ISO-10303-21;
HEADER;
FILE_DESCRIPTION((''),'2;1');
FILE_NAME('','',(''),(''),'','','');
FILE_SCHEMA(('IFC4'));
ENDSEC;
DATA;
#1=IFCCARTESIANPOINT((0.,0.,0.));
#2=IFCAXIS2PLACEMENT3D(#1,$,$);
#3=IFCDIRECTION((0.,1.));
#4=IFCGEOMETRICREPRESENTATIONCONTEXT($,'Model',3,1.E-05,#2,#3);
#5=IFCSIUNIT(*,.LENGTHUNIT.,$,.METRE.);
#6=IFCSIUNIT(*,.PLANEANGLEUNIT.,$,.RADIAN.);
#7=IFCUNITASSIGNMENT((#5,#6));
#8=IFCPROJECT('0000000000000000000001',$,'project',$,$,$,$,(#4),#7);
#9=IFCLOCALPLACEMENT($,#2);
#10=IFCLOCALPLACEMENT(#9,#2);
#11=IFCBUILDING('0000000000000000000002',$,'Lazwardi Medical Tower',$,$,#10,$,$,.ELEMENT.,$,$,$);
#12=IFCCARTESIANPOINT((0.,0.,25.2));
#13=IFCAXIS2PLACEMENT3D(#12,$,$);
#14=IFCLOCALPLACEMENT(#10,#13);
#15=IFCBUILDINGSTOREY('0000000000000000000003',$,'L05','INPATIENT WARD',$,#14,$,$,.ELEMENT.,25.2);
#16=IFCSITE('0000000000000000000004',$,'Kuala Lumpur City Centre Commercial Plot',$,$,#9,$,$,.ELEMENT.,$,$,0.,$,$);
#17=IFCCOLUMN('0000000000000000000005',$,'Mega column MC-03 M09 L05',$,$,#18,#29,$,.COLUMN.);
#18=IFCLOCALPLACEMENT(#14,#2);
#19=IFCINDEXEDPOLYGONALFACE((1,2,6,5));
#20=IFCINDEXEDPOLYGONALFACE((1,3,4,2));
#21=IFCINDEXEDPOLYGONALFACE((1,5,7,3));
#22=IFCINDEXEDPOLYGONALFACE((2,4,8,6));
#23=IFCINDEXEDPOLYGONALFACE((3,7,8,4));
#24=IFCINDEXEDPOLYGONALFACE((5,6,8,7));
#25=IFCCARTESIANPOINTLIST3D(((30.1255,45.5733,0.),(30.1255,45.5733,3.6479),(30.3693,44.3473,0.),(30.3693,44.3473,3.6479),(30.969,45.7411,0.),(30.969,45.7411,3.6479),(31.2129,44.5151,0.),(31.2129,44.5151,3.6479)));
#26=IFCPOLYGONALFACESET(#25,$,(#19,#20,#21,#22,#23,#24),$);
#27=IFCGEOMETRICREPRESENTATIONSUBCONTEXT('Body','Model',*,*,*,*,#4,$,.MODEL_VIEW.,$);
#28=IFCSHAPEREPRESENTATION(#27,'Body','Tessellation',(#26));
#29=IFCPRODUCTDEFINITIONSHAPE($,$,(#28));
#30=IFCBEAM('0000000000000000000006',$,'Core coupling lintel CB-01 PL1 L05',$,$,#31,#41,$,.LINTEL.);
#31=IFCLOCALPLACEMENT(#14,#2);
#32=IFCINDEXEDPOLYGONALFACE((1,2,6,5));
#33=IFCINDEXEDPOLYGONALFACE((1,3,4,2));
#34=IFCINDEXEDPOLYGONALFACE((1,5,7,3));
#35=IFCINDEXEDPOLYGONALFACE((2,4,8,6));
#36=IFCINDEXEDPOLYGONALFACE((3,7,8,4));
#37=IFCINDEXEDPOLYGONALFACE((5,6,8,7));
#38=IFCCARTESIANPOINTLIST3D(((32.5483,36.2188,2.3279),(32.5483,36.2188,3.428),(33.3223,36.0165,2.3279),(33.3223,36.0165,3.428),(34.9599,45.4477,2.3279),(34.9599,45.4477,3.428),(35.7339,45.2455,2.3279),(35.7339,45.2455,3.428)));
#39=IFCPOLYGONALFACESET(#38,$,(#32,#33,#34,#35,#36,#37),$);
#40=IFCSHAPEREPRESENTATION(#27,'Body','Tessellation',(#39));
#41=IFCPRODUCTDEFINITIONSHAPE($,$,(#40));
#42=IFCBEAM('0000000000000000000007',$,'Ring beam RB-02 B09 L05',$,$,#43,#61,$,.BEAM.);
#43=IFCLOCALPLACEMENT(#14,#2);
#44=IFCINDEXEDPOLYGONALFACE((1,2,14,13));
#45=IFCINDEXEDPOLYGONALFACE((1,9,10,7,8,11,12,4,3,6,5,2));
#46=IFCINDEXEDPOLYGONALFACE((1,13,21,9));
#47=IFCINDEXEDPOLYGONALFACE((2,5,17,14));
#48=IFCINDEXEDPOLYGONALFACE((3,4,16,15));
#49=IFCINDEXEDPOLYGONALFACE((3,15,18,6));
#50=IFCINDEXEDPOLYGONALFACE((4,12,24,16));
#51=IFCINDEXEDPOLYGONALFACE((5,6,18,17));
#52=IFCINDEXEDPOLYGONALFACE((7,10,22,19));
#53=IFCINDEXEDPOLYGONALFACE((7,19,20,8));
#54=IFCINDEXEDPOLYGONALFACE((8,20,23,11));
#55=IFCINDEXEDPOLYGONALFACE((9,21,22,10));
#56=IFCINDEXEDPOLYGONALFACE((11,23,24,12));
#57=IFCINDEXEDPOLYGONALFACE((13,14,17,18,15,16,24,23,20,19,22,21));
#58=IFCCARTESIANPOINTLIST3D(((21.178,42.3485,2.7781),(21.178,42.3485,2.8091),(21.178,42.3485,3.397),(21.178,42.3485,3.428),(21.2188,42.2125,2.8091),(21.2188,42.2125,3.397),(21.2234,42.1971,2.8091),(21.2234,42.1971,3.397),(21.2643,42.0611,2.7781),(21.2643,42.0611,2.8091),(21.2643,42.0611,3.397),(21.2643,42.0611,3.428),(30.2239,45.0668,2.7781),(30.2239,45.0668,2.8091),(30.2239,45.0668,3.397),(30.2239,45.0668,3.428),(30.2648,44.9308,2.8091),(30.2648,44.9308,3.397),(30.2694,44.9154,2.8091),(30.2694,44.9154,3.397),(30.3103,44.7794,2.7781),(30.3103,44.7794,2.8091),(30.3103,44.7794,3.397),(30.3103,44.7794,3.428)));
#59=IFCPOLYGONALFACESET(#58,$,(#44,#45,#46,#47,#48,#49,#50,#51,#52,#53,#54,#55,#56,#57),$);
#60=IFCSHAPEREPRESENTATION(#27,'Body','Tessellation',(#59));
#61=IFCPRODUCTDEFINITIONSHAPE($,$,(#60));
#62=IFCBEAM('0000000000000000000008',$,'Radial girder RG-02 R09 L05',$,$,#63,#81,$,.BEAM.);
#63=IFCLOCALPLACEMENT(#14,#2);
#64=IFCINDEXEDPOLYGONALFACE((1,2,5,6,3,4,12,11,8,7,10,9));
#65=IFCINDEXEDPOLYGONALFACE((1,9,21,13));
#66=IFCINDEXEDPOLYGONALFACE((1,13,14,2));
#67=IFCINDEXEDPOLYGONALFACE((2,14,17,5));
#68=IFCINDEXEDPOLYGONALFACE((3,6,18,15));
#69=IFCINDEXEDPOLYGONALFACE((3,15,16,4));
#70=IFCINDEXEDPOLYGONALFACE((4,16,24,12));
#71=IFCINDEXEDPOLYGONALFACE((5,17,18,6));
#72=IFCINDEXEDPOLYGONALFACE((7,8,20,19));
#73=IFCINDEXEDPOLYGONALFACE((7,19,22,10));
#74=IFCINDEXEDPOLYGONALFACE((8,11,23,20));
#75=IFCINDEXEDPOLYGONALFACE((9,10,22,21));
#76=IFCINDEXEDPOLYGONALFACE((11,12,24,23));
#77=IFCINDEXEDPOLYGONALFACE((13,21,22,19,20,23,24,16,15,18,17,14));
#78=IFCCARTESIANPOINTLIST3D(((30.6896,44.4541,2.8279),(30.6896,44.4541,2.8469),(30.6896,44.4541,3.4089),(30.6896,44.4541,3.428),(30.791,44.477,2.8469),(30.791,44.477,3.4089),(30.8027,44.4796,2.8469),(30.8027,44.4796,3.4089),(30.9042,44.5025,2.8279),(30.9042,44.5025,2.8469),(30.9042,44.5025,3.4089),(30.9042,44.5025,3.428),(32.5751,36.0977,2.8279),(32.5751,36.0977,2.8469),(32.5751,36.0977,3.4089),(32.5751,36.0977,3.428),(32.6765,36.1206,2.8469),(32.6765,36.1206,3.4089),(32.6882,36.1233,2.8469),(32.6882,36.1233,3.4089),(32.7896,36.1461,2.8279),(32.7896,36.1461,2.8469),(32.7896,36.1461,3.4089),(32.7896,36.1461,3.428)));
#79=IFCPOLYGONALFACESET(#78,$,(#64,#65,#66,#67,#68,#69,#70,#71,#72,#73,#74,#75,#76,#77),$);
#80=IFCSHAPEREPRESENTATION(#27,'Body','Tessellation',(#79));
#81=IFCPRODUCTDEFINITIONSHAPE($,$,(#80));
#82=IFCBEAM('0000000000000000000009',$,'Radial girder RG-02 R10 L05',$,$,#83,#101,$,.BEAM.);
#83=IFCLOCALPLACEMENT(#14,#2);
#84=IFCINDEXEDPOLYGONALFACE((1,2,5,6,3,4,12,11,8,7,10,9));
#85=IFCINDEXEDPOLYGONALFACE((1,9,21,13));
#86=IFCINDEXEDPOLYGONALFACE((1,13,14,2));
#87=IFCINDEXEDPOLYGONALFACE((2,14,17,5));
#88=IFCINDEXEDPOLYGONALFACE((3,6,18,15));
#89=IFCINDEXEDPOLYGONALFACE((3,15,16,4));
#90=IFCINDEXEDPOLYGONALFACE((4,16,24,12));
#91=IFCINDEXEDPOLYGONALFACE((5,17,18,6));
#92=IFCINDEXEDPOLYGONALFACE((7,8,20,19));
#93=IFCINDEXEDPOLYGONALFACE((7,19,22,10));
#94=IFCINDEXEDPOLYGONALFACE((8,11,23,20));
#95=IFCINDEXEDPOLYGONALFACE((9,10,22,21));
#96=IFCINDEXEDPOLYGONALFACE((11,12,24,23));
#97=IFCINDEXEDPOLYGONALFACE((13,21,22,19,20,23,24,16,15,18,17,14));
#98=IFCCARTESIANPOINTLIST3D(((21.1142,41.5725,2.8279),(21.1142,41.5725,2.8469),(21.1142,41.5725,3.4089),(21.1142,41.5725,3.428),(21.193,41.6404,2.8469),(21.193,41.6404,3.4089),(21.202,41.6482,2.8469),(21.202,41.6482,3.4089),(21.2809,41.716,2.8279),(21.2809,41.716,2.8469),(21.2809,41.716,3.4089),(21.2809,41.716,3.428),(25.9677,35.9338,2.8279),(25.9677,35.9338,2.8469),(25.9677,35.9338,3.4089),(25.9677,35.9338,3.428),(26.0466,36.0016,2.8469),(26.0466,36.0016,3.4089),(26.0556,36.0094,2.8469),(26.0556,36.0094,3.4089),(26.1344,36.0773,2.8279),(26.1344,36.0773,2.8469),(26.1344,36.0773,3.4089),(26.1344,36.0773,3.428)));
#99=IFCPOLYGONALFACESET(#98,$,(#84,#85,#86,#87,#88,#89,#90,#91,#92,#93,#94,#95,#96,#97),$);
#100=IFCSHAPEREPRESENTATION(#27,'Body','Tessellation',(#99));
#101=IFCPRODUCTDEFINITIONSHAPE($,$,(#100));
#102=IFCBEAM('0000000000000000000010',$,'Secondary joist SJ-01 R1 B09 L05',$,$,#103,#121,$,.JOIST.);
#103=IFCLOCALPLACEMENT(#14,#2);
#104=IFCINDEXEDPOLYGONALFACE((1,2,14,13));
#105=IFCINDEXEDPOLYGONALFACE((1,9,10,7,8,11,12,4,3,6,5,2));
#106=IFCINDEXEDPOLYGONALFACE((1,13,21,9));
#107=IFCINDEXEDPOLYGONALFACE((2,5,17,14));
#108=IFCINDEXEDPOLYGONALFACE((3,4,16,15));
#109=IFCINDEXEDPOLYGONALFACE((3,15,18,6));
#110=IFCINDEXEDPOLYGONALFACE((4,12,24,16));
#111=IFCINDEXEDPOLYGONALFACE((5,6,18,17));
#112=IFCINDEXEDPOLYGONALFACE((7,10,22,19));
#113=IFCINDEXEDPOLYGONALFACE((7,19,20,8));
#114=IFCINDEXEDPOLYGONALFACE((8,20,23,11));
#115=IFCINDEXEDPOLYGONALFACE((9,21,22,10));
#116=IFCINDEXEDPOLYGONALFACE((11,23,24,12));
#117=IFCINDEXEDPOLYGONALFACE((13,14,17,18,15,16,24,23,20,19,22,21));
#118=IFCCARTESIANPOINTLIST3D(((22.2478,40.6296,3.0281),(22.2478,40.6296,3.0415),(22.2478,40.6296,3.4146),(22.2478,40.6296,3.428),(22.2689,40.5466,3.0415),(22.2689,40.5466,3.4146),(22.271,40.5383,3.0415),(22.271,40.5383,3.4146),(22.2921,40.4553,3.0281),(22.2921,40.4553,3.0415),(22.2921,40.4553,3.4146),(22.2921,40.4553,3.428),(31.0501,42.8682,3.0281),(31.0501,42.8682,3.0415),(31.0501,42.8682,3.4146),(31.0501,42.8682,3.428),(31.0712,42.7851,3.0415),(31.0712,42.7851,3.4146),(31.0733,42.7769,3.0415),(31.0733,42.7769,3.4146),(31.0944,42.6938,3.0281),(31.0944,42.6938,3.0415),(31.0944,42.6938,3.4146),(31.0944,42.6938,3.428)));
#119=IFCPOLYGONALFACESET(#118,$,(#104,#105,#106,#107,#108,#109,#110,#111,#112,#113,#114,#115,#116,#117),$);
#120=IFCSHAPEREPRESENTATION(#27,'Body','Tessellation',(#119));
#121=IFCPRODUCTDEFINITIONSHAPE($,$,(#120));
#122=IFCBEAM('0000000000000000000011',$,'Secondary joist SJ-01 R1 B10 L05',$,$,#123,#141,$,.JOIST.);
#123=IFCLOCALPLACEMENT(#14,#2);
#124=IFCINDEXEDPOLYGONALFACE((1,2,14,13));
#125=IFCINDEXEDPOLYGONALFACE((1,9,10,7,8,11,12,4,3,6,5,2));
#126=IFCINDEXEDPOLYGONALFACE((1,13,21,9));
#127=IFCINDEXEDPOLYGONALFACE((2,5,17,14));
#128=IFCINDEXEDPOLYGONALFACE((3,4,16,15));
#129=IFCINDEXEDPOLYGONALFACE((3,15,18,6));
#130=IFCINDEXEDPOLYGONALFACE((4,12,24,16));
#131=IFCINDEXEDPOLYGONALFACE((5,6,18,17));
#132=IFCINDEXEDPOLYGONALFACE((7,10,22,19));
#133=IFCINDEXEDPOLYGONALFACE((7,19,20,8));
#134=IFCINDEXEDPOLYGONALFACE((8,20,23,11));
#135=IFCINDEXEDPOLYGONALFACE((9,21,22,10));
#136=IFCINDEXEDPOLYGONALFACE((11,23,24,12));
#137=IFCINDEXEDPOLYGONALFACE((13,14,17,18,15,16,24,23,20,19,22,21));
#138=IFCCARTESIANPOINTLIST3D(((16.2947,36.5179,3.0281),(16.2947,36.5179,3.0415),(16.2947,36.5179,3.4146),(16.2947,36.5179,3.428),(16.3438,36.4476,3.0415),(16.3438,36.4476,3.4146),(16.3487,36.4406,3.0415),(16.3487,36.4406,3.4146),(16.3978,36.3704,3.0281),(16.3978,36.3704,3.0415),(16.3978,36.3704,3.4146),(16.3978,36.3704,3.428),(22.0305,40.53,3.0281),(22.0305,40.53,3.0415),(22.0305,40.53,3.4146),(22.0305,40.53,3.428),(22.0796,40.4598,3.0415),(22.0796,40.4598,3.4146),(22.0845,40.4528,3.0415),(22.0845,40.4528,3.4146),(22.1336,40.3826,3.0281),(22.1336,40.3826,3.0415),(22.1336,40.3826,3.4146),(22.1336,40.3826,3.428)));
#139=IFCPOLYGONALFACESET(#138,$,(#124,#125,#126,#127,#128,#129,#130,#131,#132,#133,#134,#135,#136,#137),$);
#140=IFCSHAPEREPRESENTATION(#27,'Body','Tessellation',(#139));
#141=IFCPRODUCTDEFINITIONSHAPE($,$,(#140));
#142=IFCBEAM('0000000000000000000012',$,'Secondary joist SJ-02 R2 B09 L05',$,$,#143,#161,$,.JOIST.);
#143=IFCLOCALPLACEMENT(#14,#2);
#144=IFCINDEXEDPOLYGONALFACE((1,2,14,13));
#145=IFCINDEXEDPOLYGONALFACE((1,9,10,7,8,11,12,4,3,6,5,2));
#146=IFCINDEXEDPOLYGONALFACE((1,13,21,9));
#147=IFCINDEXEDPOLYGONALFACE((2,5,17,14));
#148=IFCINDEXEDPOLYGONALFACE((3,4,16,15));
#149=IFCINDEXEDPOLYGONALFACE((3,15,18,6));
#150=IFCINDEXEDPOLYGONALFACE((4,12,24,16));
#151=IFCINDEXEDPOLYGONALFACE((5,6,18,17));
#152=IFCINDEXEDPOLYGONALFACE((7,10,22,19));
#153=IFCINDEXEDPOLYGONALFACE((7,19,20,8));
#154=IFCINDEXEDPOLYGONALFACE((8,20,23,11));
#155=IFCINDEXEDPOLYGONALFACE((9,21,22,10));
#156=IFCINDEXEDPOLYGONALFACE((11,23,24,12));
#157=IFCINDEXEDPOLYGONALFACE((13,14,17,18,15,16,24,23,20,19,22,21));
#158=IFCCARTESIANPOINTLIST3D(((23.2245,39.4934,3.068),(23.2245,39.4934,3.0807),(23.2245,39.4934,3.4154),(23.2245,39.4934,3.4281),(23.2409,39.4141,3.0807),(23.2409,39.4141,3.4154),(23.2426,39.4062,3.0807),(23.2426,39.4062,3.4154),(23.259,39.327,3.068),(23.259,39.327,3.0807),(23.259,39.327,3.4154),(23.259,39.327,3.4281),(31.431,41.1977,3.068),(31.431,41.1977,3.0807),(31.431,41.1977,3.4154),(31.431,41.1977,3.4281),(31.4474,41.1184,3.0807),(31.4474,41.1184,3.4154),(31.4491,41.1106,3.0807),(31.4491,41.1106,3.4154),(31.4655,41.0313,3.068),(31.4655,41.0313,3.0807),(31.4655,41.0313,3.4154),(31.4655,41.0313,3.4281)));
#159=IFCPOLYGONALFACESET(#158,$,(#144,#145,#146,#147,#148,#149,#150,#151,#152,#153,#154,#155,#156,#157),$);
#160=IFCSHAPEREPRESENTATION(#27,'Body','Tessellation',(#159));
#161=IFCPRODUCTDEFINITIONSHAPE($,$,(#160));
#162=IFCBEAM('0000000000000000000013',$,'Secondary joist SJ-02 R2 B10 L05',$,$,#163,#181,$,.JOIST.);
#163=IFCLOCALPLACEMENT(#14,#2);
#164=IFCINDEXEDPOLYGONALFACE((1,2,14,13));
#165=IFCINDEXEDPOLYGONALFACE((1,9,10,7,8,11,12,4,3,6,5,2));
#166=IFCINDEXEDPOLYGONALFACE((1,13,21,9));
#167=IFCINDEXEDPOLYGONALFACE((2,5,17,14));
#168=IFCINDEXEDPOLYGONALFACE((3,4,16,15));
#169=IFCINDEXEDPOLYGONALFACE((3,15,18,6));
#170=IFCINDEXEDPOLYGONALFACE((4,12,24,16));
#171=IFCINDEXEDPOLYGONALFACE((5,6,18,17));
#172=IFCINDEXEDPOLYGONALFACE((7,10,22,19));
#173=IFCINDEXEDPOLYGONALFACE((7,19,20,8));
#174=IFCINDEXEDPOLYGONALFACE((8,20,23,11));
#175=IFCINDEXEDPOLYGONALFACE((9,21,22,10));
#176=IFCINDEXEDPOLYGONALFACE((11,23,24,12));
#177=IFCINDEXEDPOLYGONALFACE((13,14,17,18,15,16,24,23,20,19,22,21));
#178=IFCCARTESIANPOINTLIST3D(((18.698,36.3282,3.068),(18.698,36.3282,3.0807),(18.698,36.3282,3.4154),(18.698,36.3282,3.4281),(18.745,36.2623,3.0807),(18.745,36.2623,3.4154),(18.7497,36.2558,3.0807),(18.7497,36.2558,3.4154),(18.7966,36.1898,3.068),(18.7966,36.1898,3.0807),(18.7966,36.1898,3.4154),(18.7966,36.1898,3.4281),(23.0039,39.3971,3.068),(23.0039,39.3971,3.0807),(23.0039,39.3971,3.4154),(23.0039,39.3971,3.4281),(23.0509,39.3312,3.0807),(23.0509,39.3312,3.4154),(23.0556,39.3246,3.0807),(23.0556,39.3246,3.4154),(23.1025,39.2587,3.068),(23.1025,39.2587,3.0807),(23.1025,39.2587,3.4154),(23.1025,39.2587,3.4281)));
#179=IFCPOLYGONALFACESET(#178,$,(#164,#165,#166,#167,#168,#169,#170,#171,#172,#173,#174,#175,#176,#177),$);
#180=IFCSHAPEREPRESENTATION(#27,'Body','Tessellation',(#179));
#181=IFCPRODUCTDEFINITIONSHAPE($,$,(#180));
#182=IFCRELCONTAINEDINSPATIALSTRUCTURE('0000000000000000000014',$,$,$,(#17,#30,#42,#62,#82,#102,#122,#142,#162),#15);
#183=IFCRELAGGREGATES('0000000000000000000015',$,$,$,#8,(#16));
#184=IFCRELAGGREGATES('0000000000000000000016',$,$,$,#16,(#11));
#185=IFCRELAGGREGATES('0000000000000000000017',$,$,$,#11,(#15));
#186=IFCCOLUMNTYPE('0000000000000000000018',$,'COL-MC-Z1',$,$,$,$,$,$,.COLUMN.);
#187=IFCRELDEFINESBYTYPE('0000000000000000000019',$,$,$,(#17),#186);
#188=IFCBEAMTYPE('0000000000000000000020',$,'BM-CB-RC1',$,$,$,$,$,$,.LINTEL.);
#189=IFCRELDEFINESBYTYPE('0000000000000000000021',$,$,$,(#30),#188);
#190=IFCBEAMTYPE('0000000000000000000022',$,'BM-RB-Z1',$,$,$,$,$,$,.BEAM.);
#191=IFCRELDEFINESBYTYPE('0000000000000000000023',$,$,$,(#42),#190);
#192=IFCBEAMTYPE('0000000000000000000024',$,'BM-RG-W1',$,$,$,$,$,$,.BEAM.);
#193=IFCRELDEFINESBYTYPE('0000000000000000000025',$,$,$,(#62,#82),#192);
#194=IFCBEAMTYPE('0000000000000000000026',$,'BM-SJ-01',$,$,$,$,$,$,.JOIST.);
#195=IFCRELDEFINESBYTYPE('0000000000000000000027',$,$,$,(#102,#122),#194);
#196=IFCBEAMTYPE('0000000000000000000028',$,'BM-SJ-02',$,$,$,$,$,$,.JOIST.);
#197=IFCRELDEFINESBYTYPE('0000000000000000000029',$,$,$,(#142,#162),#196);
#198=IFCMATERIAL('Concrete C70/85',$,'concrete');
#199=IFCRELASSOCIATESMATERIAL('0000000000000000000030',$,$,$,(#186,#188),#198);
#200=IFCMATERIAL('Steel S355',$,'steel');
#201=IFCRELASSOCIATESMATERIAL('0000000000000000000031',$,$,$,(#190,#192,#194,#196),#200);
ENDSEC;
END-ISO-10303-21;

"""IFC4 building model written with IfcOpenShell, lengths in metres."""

from ifc_helpers import new_model, si_unit, direction, frame, origin, origin_2d, place, context, subcontext, project, spatial, rectangle, i_section, extrude, material, material_profile, profile_set, type_object, element, save


model = new_model("IFC4")

# Units and contexts
model_context = context("Model", 3, precision=1e-05, world=origin(), true_north=direction((0.0, 1.0)))
body_context = subcontext(model_context, "Body", "Model", "MODEL_VIEW")
ifc_project = project(units=[si_unit("LENGTHUNIT", "METRE"), si_unit("PLANEANGLEUNIT", "RADIAN")], contexts=[model_context])

# Site, building, storey
site_placement = place(None, origin())
site = spatial("IfcSite", under=ifc_project, at=site_placement, Name="Kuala Lumpur City Centre Commercial Plot", CompositionType="ELEMENT", RefElevation=0.0)
building_placement = place(site_placement, origin())
building = spatial("IfcBuilding", under=site, at=building_placement, Name="Lazwardi Medical Tower", CompositionType="ELEMENT")
storey_placement = place(building_placement, frame((0.0, 0.0, 25.2)))
storey = spatial("IfcBuildingStorey", under=building, at=storey_placement, Name="L05", Description="INPATIENT WARD", CompositionType="ELEMENT", Elevation=25.2)

# Column
ifc_material_1 = material(Name="Concrete C70/85", Category="concrete")
ifc_material_profile_1 = material_profile(ifc_material_1, rectangle(XDim=1.25, YDim=0.8601, at=origin_2d()), Name="CFT-RECT 1250x860")
ifc_profile_set_1 = profile_set([ifc_material_profile_1], Name="Concrete C70/85")
column_type = type_object("IfcColumnType", Name="COL-MC-Z1", PredefinedType="COLUMN", material=ifc_profile_set_1)
column_placement = place(storey_placement, frame((30.6692, 45.0442, 0.0), z_axis=(0.0, 0.0, 1.0), x_axis=(-0.19509, 0.980785, 0.0)))
element("IfcColumn", 1, at=column_placement, inside=storey, type_object=column_type, Name="Mega column MC-03 M09 L05", PredefinedType="COLUMN", context=body_context, shape_type="SweptSolid", body=[
    extrude(rectangle(XDim=1.25, YDim=0.8601, at=origin_2d()), origin(), (0.0, 0.0, 1.0), 3.6479),
])

# Beams
ifc_material_profile_2 = material_profile(ifc_material_1, rectangle(XDim=0.8, YDim=1.1001, at=origin_2d()), Name="RC 800x1100")
ifc_profile_set_2 = profile_set([ifc_material_profile_2], Name="Concrete C70/85")
beam_type_1 = type_object("IfcBeamType", Name="BM-CB-RC1", PredefinedType="LINTEL", material=ifc_profile_set_2)
beam_1_placement = place(storey_placement, frame((32.9353, 36.1177, 2.8779), z_axis=(0.25282, 0.967513, 0.0), x_axis=(-0.967513, 0.25282, 0.0)))
element("IfcBeam", 2, at=beam_1_placement, inside=storey, type_object=beam_type_1, Name="Core coupling lintel CB-01 PL1 L05", PredefinedType="LINTEL", context=body_context, shape_type="SweptSolid", body=[
    extrude(rectangle(XDim=0.8, YDim=1.1001, at=origin_2d()), origin(), (0.0, 0.0, 1.0), 9.5388),
])
ifc_material_2 = material(Name="Steel S355", Category="steel")
ifc_material_profile_3 = material_profile(ifc_material_2, i_section(OverallWidth=0.3, OverallDepth=0.6499, WebThickness=0.0161, FlangeThickness=0.031, at=origin_2d()), Name="HEB 650")
ifc_profile_set_3 = profile_set([ifc_material_profile_3], Name="Steel S355")
beam_type_2 = type_object("IfcBeamType", Name="BM-RB-Z1", PredefinedType="BEAM", material=ifc_profile_set_3)
beam_2_placement = place(storey_placement, frame((30.2671, 44.9231, 3.103), z_axis=(-0.957695, -0.287784, 0.0), x_axis=(0.287784, -0.957695, 0.0)))
element("IfcBeam", 3, at=beam_2_placement, inside=storey, type_object=beam_type_2, Name="Ring beam RB-02 B09 L05", PredefinedType="BEAM", context=body_context, shape_type="SweptSolid", body=[
    extrude(i_section(OverallWidth=0.3, OverallDepth=0.6499, WebThickness=0.0161, FlangeThickness=0.031, at=origin_2d()), origin(), (0.0, 0.0, 1.0), 9.4456),
])
ifc_material_profile_4 = material_profile(ifc_material_2, i_section(OverallWidth=0.22, OverallDepth=0.6001, WebThickness=0.012, FlangeThickness=0.019, at=origin_2d()), Name="IPE 600")
ifc_profile_set_4 = profile_set([ifc_material_profile_4], Name="Steel S355")
beam_type_3 = type_object("IfcBeamType", Name="BM-RG-W1", PredefinedType="BEAM", material=ifc_profile_set_4)
beam_3_placement = place(storey_placement, frame((30.7969, 44.4783, 3.1279), z_axis=(0.220101, -0.975477, 0.0), x_axis=(0.975477, 0.220101, 0.0)))
element("IfcBeam", 4, at=beam_3_placement, inside=storey, type_object=beam_type_3, Name="Radial girder RG-02 R09 L05", PredefinedType="BEAM", context=body_context, shape_type="SweptSolid", body=[
    extrude(i_section(OverallWidth=0.22, OverallDepth=0.6001, WebThickness=0.012, FlangeThickness=0.019, at=origin_2d()), origin(), (0.0, 0.0, 1.0), 8.5664),
])
beam_4_placement = place(storey_placement, frame((21.1975, 41.6443, 3.1279), z_axis=(0.652368, -0.757902, 0.0), x_axis=(0.757902, 0.652368, 0.0)))
element("IfcBeam", 5, at=beam_4_placement, inside=storey, type_object=beam_type_3, Name="Radial girder RG-02 R10 L05", PredefinedType="BEAM", context=body_context, shape_type="SweptSolid", body=[
    extrude(i_section(OverallWidth=0.22, OverallDepth=0.6001, WebThickness=0.012, FlangeThickness=0.019, at=origin_2d()), origin(), (0.0, 0.0, 1.0), 7.4399),
])
ifc_material_profile_5 = material_profile(ifc_material_2, i_section(OverallWidth=0.1799, OverallDepth=0.3999, WebThickness=0.0085, FlangeThickness=0.0134, at=origin_2d()), Name="IPE 400")
ifc_profile_set_5 = profile_set([ifc_material_profile_5], Name="Steel S355")
beam_type_4 = type_object("IfcBeamType", Name="BM-SJ-01", PredefinedType="JOIST", material=ifc_profile_set_5)
beam_5_placement = place(storey_placement, frame((31.0723, 42.781, 3.228), z_axis=(-0.969151, -0.246468, 0.0), x_axis=(0.246468, -0.969151, 0.0)))
element("IfcBeam", 6, at=beam_5_placement, inside=storey, type_object=beam_type_4, Name="Secondary joist SJ-01 R1 B09 L05", PredefinedType="JOIST", context=body_context, shape_type="SweptSolid", body=[
    extrude(i_section(OverallWidth=0.1799, OverallDepth=0.3999, WebThickness=0.0085, FlangeThickness=0.0134, at=origin_2d()), origin(), (0.0, 0.0, 1.0), 9.0825),
])
beam_6_placement = place(storey_placement, frame((22.082, 40.4563, 3.228), z_axis=(-0.819425, -0.573186, 0.0), x_axis=(0.573186, -0.819425, 0.0)))
element("IfcBeam", 7, at=beam_6_placement, inside=storey, type_object=beam_type_4, Name="Secondary joist SJ-01 R1 B10 L05", PredefinedType="JOIST", context=body_context, shape_type="SweptSolid", body=[
    extrude(i_section(OverallWidth=0.1799, OverallDepth=0.3999, WebThickness=0.0085, FlangeThickness=0.0134, at=origin_2d()), origin(), (0.0, 0.0, 1.0), 6.9998),
])
ifc_material_profile_6 = material_profile(ifc_material_2, i_section(OverallWidth=0.1699, OverallDepth=0.3601, WebThickness=0.0081, FlangeThickness=0.0127, at=origin_2d()), Name="IPE 360")
ifc_profile_set_6 = profile_set([ifc_material_profile_6], Name="Steel S355")
beam_type_5 = type_object("IfcBeamType", Name="BM-SJ-02", PredefinedType="JOIST", material=ifc_profile_set_6)
beam_7_placement = place(storey_placement, frame((31.4482, 41.1145, 3.248), z_axis=(-0.979108, -0.203342, 0.0), x_axis=(0.203342, -0.979108, 0.0)))
element("IfcBeam", 8, at=beam_7_placement, inside=storey, type_object=beam_type_5, Name="Secondary joist SJ-02 R2 B09 L05", PredefinedType="JOIST", context=body_context, shape_type="SweptSolid", body=[
    extrude(i_section(OverallWidth=0.1699, OverallDepth=0.3601, WebThickness=0.0081, FlangeThickness=0.0127, at=origin_2d()), origin(), (0.0, 0.0, 1.0), 8.3816),
])
beam_8_placement = place(storey_placement, frame((23.0532, 39.3279, 3.248), z_axis=(-0.814341, -0.580386, 0.0), x_axis=(0.580386, -0.814341, 0.0)))
element("IfcBeam", 9, at=beam_8_placement, inside=storey, type_object=beam_type_5, Name="Secondary joist SJ-02 R2 B10 L05", PredefinedType="JOIST", context=body_context, shape_type="SweptSolid", body=[
    extrude(i_section(OverallWidth=0.1699, OverallDepth=0.3601, WebThickness=0.0081, FlangeThickness=0.0127, at=origin_2d()), origin(), (0.0, 0.0, 1.0), 5.2876),
])

save(model, "model.ifc")
